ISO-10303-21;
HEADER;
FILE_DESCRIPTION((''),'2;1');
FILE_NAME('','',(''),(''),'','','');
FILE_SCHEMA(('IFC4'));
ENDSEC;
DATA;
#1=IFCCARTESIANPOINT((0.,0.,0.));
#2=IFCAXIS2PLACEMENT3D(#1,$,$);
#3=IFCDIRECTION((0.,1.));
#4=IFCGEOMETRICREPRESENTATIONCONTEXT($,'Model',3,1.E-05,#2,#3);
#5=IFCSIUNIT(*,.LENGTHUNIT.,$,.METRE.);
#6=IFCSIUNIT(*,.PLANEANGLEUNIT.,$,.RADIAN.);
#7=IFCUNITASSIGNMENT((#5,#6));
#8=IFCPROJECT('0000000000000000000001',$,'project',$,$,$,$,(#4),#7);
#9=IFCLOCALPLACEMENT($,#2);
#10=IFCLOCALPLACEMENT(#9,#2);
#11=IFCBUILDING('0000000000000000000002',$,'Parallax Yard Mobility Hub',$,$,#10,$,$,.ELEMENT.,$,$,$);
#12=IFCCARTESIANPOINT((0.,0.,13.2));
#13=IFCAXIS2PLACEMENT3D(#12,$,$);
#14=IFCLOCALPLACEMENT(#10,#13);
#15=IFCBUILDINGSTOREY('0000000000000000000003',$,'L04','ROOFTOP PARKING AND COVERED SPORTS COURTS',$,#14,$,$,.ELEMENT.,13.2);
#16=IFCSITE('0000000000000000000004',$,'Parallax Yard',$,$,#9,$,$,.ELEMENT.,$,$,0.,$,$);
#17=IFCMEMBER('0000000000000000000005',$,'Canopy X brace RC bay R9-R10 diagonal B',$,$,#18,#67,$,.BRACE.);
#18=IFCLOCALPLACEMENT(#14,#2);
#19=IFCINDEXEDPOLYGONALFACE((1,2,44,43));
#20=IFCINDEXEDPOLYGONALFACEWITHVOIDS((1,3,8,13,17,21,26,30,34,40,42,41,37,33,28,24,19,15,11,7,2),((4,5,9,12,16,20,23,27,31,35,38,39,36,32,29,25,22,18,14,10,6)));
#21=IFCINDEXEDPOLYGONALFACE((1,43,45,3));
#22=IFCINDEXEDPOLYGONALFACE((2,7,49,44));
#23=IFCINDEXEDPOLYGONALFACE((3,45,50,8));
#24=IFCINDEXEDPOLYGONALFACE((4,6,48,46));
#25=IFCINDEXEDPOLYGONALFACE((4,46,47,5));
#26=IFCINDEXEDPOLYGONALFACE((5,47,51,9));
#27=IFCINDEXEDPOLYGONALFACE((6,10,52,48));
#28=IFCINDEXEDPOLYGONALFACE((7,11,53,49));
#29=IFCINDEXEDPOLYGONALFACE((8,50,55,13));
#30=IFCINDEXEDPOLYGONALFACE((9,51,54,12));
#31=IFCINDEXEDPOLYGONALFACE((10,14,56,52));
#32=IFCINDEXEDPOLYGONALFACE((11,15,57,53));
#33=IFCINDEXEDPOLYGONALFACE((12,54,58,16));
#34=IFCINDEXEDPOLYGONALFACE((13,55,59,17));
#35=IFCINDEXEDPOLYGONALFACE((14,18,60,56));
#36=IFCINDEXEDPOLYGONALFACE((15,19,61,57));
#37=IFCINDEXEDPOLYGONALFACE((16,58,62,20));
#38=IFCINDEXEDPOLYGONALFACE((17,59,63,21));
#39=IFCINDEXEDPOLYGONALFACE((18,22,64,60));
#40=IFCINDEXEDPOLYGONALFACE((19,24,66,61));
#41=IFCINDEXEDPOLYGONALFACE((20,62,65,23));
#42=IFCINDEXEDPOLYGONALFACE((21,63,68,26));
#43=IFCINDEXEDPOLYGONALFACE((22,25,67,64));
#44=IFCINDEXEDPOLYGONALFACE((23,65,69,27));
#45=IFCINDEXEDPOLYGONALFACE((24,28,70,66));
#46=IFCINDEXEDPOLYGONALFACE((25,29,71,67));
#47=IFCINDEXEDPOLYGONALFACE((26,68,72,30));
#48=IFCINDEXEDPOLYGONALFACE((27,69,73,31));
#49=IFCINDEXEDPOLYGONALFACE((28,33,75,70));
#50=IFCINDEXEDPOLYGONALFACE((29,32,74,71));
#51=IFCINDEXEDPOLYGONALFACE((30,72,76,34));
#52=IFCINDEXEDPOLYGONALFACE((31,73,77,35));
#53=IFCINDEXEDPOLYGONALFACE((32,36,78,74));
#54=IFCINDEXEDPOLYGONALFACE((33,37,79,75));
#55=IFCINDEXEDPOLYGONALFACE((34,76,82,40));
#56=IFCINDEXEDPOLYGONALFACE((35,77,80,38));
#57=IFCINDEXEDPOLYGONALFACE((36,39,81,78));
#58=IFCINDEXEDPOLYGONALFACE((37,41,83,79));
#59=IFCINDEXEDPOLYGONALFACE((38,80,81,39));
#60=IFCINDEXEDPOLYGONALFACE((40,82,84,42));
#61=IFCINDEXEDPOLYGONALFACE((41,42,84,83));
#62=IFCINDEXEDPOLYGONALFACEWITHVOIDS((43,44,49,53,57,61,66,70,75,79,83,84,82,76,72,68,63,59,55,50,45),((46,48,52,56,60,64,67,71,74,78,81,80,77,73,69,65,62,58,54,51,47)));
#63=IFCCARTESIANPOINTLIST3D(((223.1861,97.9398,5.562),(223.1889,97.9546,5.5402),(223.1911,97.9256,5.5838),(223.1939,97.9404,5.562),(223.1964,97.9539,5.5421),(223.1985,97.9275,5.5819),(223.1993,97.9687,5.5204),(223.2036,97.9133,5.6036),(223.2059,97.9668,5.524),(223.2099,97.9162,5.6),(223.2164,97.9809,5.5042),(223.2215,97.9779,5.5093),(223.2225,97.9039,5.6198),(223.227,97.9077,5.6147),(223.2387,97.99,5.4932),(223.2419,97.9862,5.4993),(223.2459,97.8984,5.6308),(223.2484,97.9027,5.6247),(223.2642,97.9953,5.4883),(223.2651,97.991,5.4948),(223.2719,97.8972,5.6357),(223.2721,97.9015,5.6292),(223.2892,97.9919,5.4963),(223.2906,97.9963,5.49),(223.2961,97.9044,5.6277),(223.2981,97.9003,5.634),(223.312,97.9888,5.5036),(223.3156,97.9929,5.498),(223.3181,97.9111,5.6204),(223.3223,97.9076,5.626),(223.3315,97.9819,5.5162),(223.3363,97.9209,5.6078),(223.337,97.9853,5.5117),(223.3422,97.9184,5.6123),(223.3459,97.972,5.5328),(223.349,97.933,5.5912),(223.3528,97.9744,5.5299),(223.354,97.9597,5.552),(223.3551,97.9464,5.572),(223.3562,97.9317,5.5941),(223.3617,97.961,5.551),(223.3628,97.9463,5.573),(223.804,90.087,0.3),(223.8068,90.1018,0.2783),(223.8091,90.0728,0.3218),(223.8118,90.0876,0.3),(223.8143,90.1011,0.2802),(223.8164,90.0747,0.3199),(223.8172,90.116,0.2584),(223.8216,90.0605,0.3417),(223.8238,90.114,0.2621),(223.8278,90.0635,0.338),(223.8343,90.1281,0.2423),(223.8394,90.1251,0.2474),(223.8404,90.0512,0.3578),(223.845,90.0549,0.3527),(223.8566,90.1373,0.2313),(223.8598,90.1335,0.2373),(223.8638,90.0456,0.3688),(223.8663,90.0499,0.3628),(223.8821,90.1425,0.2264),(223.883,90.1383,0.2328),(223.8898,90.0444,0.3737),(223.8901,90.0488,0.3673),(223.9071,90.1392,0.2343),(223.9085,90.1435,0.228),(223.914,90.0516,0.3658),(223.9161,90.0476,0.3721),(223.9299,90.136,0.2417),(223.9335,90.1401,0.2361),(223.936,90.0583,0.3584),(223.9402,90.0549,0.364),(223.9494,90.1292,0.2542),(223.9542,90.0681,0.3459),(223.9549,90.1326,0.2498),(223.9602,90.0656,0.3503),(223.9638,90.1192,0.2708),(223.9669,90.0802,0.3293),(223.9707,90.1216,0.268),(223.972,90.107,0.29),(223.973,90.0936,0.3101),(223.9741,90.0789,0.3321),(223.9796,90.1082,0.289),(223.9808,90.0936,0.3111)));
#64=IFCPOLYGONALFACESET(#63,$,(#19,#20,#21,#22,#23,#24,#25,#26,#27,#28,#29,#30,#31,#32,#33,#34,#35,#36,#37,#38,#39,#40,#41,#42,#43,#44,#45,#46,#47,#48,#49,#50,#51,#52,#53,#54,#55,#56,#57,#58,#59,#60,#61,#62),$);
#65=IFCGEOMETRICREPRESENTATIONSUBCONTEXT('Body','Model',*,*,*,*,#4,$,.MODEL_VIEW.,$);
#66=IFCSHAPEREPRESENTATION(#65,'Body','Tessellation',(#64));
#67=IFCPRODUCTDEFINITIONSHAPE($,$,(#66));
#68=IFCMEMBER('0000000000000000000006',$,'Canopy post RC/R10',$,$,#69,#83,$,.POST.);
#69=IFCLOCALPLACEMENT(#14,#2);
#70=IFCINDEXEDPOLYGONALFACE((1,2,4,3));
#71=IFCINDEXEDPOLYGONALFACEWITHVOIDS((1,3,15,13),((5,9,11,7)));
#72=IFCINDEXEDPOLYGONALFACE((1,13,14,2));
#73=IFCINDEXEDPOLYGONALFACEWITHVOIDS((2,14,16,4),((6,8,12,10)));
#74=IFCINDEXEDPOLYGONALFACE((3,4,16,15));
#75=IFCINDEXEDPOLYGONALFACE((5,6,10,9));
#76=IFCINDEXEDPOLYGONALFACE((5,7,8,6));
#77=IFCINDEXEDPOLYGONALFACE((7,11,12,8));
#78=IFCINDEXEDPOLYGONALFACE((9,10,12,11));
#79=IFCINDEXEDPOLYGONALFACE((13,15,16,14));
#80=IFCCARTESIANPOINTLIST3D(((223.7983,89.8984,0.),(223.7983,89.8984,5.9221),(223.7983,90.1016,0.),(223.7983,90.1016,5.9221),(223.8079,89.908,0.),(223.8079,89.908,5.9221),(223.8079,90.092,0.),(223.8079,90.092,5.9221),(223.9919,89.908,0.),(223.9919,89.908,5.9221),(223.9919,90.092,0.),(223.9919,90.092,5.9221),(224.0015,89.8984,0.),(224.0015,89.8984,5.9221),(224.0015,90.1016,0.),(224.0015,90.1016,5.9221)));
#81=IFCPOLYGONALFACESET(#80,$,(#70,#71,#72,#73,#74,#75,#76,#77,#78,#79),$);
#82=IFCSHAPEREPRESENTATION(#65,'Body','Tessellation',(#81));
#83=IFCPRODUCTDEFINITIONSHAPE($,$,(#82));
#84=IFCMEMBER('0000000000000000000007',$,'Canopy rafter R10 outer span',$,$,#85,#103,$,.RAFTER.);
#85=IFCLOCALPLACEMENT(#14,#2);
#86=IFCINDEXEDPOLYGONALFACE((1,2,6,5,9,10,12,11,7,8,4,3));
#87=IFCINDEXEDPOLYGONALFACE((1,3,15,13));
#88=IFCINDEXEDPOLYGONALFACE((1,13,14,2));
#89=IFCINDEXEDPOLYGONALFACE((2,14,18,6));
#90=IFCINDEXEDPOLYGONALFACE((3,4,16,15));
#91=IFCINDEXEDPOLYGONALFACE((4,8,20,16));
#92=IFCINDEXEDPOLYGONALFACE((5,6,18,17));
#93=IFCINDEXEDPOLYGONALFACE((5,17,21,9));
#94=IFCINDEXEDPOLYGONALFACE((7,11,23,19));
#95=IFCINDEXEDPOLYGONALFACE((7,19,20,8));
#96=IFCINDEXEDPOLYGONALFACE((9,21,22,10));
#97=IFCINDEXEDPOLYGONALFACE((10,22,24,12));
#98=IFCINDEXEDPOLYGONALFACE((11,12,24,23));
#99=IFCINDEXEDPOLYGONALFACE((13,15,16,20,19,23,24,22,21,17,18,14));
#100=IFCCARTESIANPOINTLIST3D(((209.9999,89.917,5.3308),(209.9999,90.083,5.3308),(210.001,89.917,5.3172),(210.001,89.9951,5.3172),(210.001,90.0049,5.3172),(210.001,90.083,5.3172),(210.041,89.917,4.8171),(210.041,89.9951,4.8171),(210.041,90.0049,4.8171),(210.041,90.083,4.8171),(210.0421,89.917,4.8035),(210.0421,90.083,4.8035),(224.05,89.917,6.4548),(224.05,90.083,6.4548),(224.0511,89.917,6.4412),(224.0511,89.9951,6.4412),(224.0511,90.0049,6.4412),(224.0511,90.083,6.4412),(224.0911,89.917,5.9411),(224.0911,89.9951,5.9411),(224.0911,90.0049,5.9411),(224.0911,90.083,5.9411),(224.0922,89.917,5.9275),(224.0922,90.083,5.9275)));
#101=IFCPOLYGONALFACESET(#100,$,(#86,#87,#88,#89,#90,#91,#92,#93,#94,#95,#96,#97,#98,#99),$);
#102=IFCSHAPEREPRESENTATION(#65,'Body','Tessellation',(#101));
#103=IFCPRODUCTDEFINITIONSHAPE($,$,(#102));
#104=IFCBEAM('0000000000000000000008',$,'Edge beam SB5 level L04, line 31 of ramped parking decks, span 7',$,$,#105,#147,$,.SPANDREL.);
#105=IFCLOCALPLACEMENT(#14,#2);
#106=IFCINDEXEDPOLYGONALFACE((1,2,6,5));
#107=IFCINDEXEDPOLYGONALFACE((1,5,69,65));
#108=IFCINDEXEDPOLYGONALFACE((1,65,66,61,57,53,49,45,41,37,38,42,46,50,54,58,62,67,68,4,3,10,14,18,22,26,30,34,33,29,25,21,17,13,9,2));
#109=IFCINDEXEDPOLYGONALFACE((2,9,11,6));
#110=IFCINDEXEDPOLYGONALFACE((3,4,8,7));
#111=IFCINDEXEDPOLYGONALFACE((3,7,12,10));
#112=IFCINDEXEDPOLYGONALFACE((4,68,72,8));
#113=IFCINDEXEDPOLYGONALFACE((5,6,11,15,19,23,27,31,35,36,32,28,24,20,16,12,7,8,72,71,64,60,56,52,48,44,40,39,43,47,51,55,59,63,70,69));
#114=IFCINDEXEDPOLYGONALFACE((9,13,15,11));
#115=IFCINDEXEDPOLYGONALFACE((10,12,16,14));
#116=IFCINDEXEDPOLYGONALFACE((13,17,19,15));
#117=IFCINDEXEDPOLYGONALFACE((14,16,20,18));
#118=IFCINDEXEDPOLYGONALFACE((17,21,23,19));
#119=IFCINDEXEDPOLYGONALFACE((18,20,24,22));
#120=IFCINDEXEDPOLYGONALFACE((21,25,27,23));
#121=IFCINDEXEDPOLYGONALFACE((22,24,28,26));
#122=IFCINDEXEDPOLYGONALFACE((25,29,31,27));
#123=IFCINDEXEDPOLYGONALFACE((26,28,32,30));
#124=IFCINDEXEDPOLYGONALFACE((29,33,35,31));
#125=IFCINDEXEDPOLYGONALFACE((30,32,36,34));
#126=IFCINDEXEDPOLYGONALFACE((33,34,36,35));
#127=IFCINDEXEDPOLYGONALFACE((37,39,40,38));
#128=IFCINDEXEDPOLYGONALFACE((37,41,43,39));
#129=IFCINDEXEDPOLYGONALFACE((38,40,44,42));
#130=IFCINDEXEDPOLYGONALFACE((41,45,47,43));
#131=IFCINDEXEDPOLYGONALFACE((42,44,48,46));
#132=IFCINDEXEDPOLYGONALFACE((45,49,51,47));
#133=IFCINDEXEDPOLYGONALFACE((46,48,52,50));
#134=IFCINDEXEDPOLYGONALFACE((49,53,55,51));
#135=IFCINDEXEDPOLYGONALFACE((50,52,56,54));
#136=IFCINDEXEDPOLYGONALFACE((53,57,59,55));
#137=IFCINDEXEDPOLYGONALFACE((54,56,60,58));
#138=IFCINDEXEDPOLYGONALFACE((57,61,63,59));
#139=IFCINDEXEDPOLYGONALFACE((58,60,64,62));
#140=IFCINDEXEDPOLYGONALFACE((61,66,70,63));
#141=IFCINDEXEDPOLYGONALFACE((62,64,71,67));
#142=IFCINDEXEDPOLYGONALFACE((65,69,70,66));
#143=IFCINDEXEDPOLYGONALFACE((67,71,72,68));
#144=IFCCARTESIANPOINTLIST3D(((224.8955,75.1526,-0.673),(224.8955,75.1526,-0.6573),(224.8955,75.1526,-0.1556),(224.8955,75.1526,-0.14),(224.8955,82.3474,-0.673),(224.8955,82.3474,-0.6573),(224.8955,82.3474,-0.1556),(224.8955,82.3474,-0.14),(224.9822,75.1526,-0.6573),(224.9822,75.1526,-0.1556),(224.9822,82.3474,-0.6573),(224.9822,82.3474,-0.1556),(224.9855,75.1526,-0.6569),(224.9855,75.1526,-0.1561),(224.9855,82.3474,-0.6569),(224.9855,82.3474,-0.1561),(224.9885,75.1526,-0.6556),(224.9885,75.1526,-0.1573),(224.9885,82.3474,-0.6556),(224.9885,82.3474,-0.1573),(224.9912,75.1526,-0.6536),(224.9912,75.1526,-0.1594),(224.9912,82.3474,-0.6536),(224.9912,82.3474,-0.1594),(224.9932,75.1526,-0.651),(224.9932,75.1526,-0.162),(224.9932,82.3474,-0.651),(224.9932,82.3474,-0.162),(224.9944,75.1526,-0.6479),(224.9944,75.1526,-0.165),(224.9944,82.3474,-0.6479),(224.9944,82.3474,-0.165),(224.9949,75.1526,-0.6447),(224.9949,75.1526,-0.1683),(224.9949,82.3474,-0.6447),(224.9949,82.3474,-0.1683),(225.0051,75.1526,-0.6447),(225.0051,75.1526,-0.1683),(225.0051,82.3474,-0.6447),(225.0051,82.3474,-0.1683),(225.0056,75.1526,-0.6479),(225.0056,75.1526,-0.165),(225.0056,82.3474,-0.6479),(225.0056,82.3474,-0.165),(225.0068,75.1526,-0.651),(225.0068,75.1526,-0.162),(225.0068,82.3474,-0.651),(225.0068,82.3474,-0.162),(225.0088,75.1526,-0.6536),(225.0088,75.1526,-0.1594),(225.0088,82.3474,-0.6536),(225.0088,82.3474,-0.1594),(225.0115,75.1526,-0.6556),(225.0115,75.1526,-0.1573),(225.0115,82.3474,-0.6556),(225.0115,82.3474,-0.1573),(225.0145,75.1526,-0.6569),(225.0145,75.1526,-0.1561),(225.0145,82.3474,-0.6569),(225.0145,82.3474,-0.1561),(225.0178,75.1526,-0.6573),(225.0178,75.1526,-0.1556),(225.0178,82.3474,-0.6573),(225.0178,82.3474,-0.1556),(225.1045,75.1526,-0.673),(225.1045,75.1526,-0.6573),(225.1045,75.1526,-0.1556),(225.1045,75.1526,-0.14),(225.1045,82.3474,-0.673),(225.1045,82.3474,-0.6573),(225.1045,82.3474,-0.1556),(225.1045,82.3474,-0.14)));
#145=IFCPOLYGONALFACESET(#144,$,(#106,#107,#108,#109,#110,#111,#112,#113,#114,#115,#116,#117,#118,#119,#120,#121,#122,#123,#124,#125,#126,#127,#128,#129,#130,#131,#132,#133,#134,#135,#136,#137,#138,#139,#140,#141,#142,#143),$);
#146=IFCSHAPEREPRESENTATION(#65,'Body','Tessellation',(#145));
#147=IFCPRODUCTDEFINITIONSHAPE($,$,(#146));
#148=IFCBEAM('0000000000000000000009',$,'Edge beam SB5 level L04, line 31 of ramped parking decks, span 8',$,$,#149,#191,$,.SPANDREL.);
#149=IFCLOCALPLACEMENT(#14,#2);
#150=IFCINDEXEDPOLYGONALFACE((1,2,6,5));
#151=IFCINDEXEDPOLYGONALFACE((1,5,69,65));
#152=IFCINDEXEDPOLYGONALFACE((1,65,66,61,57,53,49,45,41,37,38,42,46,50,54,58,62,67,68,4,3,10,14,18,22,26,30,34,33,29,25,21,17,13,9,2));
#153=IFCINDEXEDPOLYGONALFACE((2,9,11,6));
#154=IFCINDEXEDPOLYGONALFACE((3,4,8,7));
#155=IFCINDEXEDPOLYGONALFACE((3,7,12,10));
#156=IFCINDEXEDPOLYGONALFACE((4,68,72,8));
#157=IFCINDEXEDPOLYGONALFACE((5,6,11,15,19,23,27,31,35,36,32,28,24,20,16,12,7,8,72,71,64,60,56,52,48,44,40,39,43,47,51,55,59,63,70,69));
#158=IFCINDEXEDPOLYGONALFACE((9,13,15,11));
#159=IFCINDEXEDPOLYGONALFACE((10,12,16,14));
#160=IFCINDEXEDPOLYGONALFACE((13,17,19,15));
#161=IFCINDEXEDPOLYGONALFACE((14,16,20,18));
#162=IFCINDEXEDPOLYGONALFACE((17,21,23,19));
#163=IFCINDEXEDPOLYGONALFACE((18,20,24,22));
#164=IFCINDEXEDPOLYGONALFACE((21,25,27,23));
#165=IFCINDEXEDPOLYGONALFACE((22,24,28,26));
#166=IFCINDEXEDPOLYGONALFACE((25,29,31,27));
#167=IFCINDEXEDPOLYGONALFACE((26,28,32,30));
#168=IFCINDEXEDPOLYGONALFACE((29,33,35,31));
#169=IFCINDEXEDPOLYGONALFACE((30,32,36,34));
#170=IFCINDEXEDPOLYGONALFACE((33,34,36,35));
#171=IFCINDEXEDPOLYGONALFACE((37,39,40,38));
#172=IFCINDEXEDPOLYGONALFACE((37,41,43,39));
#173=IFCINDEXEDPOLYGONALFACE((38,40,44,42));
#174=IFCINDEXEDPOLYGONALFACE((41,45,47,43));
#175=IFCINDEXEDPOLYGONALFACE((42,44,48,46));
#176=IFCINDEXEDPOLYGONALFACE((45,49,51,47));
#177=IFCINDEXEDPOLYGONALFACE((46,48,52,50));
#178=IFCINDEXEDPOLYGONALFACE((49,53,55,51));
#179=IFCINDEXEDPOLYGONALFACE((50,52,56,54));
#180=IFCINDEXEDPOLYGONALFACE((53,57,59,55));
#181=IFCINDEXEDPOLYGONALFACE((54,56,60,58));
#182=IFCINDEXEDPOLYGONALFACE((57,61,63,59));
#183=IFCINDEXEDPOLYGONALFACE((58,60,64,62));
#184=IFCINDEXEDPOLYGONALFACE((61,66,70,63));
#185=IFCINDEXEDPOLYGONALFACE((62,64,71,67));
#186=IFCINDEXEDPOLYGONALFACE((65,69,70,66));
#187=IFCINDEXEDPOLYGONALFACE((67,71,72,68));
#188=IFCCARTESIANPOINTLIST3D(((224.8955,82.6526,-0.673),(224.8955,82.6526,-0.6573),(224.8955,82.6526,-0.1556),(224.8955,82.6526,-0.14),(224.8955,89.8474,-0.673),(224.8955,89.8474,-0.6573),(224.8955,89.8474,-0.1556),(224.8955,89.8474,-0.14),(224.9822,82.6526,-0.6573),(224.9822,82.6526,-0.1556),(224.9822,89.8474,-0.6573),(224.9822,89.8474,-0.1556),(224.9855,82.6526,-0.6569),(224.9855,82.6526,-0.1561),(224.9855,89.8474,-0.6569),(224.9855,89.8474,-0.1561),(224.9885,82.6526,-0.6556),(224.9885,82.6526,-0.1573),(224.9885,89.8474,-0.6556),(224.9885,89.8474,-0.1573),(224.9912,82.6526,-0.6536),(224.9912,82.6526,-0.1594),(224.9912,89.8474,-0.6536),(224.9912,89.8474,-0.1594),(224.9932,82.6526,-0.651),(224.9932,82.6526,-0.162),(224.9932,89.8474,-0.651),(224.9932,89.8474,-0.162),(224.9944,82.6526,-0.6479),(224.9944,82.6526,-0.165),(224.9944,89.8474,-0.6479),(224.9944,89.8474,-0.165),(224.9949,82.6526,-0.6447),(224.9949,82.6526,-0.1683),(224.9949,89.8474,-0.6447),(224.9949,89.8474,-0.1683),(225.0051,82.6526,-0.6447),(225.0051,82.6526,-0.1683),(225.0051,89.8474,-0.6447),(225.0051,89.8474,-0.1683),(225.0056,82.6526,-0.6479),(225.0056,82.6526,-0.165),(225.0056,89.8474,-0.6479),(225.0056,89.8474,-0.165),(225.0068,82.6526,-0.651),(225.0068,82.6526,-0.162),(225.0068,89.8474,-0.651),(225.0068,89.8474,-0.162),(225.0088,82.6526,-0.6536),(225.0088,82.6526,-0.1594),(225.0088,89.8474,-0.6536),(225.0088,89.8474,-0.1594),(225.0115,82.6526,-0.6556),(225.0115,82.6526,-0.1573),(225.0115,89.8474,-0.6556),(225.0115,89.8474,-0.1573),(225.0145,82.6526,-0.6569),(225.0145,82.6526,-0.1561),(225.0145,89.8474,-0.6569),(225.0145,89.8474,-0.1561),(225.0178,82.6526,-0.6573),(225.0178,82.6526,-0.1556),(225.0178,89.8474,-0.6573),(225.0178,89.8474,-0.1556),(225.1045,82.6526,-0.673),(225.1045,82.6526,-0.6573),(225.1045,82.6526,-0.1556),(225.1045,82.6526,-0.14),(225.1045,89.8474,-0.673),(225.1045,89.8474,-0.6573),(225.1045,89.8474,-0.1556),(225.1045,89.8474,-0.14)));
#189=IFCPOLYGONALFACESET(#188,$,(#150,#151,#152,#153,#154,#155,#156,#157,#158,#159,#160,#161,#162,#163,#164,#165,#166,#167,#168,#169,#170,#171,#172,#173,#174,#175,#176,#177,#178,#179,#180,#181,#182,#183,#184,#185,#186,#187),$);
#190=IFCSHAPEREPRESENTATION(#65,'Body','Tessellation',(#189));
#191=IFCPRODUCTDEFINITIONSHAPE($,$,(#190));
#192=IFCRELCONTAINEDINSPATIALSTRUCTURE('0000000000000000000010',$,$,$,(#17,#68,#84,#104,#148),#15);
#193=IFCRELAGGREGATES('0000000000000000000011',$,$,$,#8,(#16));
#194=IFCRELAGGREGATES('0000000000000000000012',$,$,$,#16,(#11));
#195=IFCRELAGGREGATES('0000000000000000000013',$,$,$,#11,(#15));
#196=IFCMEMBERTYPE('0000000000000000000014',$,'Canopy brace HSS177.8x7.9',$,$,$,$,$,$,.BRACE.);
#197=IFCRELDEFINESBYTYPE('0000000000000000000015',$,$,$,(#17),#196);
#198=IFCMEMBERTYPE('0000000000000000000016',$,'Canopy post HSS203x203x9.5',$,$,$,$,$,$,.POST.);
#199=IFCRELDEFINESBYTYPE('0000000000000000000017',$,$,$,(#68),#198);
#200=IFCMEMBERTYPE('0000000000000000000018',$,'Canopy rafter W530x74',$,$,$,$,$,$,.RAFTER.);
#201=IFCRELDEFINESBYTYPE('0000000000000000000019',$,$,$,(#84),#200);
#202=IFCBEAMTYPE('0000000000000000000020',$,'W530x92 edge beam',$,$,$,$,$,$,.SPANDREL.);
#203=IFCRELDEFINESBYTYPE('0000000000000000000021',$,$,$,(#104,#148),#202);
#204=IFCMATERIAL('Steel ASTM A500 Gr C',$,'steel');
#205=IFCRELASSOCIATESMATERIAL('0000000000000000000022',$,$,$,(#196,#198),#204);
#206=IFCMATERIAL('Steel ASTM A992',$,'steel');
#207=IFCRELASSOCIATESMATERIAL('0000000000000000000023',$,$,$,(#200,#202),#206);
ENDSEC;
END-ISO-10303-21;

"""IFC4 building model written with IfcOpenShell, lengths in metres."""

from ifc_helpers import new_model, si_unit, direction, frame, origin, origin_2d, place, context, subcontext, project, spatial, hollow_rectangle, hollow_circle, i_section, extrude, material, material_profile, profile_set, type_object, element, save


model = new_model("IFC4")

# Units and contexts
model_context = context("Model", 3, precision=1e-05, world=origin(), true_north=direction((0.0, 1.0)))
body_context = subcontext(model_context, "Body", "Model", "MODEL_VIEW")
ifc_project = project(units=[si_unit("LENGTHUNIT", "METRE"), si_unit("PLANEANGLEUNIT", "RADIAN")], contexts=[model_context])

# Site, building, storey
site_placement = place(None, origin())
site = spatial("IfcSite", under=ifc_project, at=site_placement, Name="Parallax Yard", CompositionType="ELEMENT", RefElevation=0.0)
building_placement = place(site_placement, origin())
building = spatial("IfcBuilding", under=site, at=building_placement, Name="Parallax Yard Mobility Hub", CompositionType="ELEMENT")
storey_placement = place(building_placement, frame((0.0, 0.0, 13.2)))
storey = spatial("IfcBuildingStorey", under=building, at=storey_placement, Name="L04", Description="ROOFTOP PARKING AND COVERED SPORTS COURTS", CompositionType="ELEMENT", Elevation=13.2)

# Members
ifc_material_1 = material(Name="Steel ASTM A500 Gr C", Category="steel")
ifc_material_profile_1 = material_profile(ifc_material_1, hollow_circle(Radius=0.0889, WallThickness=0.0078, at=origin_2d()), Name="HSS177.8x7.9")
ifc_profile_set_1 = profile_set([ifc_material_profile_1], Name="Steel ASTM A500 Gr C")
member_type_1 = type_object("IfcMemberType", Name="Canopy brace HSS177.8x7.9", PredefinedType="BRACE", material=ifc_profile_set_1)
member_1_placement = place(storey_placement, frame((223.8926, 90.094, 0.3), z_axis=(-0.06523, 0.828971, 0.555474), x_axis=(-0.996918, -0.078446, 0.0)))
element("IfcMember", 1, at=member_1_placement, inside=storey, type_object=member_type_1, Name="Canopy X brace RC bay R9-R10 diagonal B", PredefinedType="BRACE", context=body_context, shape_type="SweptSolid", body=[
    extrude(hollow_circle(Radius=0.0889, WallThickness=0.0078, at=origin_2d()), origin(), (0.0, 0.0, 1.0), 9.4729),
])
ifc_material_profile_2 = material_profile(ifc_material_1, hollow_rectangle(XDim=0.2031, YDim=0.2031, WallThickness=0.0095, at=origin_2d()), Name="HSS203x203x9.5")
ifc_profile_set_2 = profile_set([ifc_material_profile_2], Name="Steel ASTM A500 Gr C")
member_type_2 = type_object("IfcMemberType", Name="Canopy post HSS203x203x9.5", PredefinedType="POST", material=ifc_profile_set_2)
member_2_placement = place(storey_placement, frame((223.8999, 90.0, 0.0), z_axis=(0.0, 0.0, 1.0), x_axis=(1.0, 0.0, 0.0)))
element("IfcMember", 2, at=member_2_placement, inside=storey, type_object=member_type_2, Name="Canopy post RC/R10", PredefinedType="POST", context=body_context, shape_type="SweptSolid", body=[
    extrude(hollow_rectangle(XDim=0.2031, YDim=0.2031, WallThickness=0.0095, at=origin_2d()), origin(), (0.0, 0.0, 1.0), 5.9221),
])
ifc_material_2 = material(Name="Steel ASTM A992", Category="steel")
ifc_material_profile_3 = material_profile(ifc_material_2, i_section(OverallWidth=0.166, OverallDepth=0.5291, WebThickness=0.0098, FlangeThickness=0.0137, at=origin_2d()), Name="W530x74")
ifc_profile_set_3 = profile_set([ifc_material_profile_3], Name="Steel ASTM A992")
member_type_3 = type_object("IfcMemberType", Name="Canopy rafter W530x74", PredefinedType="RAFTER", material=ifc_profile_set_3)
member_3_placement = place(storey_placement, frame((210.021, 90.0, 5.0671), z_axis=(0.996815, 0.0, 0.079747), x_axis=(0.0, 1.0, 0.0)))
element("IfcMember", 3, at=member_3_placement, inside=storey, type_object=member_type_3, Name="Canopy rafter R10 outer span", PredefinedType="RAFTER", context=body_context, shape_type="SweptSolid", body=[
    extrude(i_section(OverallWidth=0.166, OverallDepth=0.5291, WebThickness=0.0098, FlangeThickness=0.0137, at=origin_2d()), origin(), (0.0, 0.0, 1.0), 14.095),
])

# Beams
ifc_material_profile_4 = material_profile(ifc_material_2, i_section(OverallWidth=0.209, OverallDepth=0.533, WebThickness=0.0103, FlangeThickness=0.0156, FilletRadius=0.0127, at=origin_2d()), Name="W530x92")
ifc_profile_set_4 = profile_set([ifc_material_profile_4], Name="Steel ASTM A992")
beam_type_1 = type_object("IfcBeamType", Name="W530x92 edge beam", PredefinedType="SPANDREL", material=ifc_profile_set_4)
for number, where, z_axis, x_axis, name in (
    (4, (225.0, 75.1526, -0.4065), (0.0, 1.0, 0.0), (-1.0, 0.0, 0.0), "Edge beam SB5 level L04, line 31 of ramped parking decks, span 7"),
    (5, (225.0, 82.6526, -0.4065), (0.0, 1.0, 0.0), (-1.0, 0.0, 0.0), "Edge beam SB5 level L04, line 31 of ramped parking decks, span 8"),
):
    element("IfcBeam", number, at=place(storey_placement, frame(where, z_axis=z_axis, x_axis=x_axis)), inside=storey, type_object=beam_type_1, Name=name, PredefinedType="SPANDREL", context=body_context, shape_type="SweptSolid", body=[
        extrude(i_section(OverallWidth=0.209, OverallDepth=0.533, WebThickness=0.0103, FlangeThickness=0.0156, FilletRadius=0.0127, at=origin_2d()), origin(), (0.0, 0.0, 1.0), 7.1948),
    ])

save(model, "model.ifc")
